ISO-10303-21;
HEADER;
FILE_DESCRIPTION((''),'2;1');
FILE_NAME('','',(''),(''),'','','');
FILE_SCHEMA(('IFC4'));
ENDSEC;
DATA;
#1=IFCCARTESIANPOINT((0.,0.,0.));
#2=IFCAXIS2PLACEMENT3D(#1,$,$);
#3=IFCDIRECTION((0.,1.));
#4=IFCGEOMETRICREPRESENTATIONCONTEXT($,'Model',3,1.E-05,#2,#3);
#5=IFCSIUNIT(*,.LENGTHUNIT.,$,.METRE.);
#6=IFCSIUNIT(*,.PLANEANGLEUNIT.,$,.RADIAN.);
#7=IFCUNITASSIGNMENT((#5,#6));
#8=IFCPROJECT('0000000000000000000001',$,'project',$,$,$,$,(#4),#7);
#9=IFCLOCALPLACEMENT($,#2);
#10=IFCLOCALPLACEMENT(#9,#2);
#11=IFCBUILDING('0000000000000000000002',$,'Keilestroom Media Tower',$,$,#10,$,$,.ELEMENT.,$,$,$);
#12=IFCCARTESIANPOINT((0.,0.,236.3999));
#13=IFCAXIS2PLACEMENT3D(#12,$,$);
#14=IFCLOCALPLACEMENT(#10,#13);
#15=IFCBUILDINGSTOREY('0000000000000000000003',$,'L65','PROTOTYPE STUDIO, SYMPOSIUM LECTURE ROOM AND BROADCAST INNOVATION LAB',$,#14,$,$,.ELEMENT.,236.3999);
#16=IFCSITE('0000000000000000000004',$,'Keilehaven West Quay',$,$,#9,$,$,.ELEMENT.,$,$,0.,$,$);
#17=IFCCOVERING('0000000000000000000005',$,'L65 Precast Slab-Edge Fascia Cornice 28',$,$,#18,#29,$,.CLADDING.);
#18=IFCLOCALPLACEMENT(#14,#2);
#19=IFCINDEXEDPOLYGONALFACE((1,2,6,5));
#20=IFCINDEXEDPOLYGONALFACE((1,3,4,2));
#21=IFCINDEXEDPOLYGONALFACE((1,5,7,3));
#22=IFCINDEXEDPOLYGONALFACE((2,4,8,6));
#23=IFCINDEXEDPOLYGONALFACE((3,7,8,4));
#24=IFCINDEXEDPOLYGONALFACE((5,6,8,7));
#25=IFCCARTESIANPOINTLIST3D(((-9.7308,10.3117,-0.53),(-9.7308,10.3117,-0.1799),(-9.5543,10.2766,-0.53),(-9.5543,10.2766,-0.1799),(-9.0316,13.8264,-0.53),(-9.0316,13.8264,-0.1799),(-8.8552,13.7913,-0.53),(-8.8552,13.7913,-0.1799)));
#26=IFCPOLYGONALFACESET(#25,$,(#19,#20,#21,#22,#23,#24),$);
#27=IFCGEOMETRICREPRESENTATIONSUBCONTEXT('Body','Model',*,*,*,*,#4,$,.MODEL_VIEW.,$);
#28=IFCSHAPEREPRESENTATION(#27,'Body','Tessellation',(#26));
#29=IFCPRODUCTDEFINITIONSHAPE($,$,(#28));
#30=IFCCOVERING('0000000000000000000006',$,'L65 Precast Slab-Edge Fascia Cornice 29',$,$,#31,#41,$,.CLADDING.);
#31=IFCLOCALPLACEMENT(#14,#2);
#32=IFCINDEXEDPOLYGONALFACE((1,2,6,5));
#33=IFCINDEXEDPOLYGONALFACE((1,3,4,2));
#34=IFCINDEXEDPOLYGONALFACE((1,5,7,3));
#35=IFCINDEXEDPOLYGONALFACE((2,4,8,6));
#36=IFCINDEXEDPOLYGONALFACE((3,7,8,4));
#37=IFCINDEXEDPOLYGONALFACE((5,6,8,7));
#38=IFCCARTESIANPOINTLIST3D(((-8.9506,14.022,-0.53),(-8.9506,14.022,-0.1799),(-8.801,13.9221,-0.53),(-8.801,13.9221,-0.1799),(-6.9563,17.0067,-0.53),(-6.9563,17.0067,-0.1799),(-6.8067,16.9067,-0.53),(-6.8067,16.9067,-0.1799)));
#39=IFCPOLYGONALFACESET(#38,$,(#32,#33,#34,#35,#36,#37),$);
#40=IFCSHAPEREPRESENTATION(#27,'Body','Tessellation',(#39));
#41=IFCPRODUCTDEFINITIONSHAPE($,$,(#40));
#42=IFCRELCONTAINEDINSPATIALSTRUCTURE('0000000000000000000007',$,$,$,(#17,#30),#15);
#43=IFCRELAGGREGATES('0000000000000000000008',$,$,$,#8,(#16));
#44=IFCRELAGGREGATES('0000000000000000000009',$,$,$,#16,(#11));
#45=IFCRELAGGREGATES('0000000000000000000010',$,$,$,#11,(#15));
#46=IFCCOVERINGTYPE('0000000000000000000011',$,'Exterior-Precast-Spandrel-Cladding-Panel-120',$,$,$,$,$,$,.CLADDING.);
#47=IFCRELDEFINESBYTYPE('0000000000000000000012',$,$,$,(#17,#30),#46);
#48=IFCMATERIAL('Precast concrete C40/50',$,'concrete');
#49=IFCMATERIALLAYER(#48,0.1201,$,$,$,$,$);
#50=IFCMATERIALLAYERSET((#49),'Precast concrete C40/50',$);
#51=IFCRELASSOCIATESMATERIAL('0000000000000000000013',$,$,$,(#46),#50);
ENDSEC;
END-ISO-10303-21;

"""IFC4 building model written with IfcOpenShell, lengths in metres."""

from ifc_helpers import new_model, si_unit, direction, frame, origin, origin_2d, place, context, subcontext, project, spatial, rectangle, extrude, source, transform, mapped, material, layer, layer_set, type_object, element, save


model = new_model("IFC4")

# Units and contexts
model_context = context("Model", 3, precision=1e-05, world=origin(), true_north=direction((0.0, 1.0)))
body_context = subcontext(model_context, "Body", "Model", "MODEL_VIEW")
ifc_project = project(units=[si_unit("LENGTHUNIT", "METRE"), si_unit("PLANEANGLEUNIT", "RADIAN")], contexts=[model_context])

# Site, building, storey
site_placement = place(None, origin())
site = spatial("IfcSite", under=ifc_project, at=site_placement, Name="Keilehaven West Quay", CompositionType="ELEMENT", RefElevation=0.0)
building_placement = place(site_placement, origin())
building = spatial("IfcBuilding", under=site, at=building_placement, Name="Keilestroom Media Tower", CompositionType="ELEMENT")
storey_placement = place(building_placement, frame((0.0, 0.0, 236.3999)))
storey = spatial("IfcBuildingStorey", under=building, at=storey_placement, Name="L65", Description="PROTOTYPE STUDIO, SYMPOSIUM LECTURE ROOM AND BROADCAST INNOVATION LAB", CompositionType="ELEMENT", Elevation=236.3999)

# Shared definitions
ifc_material_1 = material(Name="Precast concrete C40/50", Category="concrete")

# Coverings
ifc_layer_1 = layer(ifc_material_1, 0.1201)
ifc_layer_set_1 = layer_set([ifc_layer_1], Name="Precast concrete C40/50")
covering_type = type_object("IfcCoveringType", Name="Exterior-Precast-Spandrel-Cladding-Panel-120", PredefinedType="CLADDING", material=ifc_layer_set_1)
shared_shape_1 = source(origin(), body_context, "Body", "SweptSolid", [
    extrude(rectangle(XDim=3.5835, YDim=0.1799, at=origin_2d()), origin(), (0.0, 0.0, 1.0), 0.3501),
])
covering_1_placement = place(storey_placement, frame((-9.293, 12.0515, -0.53), z_axis=(0.0, 0.0, 1.0), x_axis=(0.195099, 0.980784, 0.0)))
element("IfcCovering", 1, at=covering_1_placement, inside=storey, type_object=covering_type, Name="L65 Precast Slab-Edge Fascia Cornice 28", PredefinedType="CLADDING", context=body_context, shape_type="MappedRepresentation", body=[
    mapped(shared_shape_1, transform((0.0, 0.0, 0.0), x_axis=(1.0, 0.0, 0.0), y_axis=(0.0, 1.0, 0.0), z_axis=(0.0, 0.0, 1.0), scale=1.0)),
])
shared_shape_2 = source(origin(), body_context, "Body", "SweptSolid", [
    extrude(rectangle(XDim=3.5896, YDim=0.1799, at=origin_2d()), origin(), (0.0, 0.0, 1.0), 0.3501),
])
covering_2_placement = place(storey_placement, frame((-7.8787, 15.4644, -0.53), z_axis=(0.0, 0.0, 1.0), x_axis=(0.555575, 0.831467, 0.0)))
element("IfcCovering", 2, at=covering_2_placement, inside=storey, type_object=covering_type, Name="L65 Precast Slab-Edge Fascia Cornice 29", PredefinedType="CLADDING", context=body_context, shape_type="MappedRepresentation", body=[
    mapped(shared_shape_2, transform((0.0, 0.0, 0.0), x_axis=(1.0, 0.0, 0.0), y_axis=(0.0, 1.0, 0.0), z_axis=(0.0, 0.0, 1.0), scale=1.0)),
])

save(model, "model.ifc")
